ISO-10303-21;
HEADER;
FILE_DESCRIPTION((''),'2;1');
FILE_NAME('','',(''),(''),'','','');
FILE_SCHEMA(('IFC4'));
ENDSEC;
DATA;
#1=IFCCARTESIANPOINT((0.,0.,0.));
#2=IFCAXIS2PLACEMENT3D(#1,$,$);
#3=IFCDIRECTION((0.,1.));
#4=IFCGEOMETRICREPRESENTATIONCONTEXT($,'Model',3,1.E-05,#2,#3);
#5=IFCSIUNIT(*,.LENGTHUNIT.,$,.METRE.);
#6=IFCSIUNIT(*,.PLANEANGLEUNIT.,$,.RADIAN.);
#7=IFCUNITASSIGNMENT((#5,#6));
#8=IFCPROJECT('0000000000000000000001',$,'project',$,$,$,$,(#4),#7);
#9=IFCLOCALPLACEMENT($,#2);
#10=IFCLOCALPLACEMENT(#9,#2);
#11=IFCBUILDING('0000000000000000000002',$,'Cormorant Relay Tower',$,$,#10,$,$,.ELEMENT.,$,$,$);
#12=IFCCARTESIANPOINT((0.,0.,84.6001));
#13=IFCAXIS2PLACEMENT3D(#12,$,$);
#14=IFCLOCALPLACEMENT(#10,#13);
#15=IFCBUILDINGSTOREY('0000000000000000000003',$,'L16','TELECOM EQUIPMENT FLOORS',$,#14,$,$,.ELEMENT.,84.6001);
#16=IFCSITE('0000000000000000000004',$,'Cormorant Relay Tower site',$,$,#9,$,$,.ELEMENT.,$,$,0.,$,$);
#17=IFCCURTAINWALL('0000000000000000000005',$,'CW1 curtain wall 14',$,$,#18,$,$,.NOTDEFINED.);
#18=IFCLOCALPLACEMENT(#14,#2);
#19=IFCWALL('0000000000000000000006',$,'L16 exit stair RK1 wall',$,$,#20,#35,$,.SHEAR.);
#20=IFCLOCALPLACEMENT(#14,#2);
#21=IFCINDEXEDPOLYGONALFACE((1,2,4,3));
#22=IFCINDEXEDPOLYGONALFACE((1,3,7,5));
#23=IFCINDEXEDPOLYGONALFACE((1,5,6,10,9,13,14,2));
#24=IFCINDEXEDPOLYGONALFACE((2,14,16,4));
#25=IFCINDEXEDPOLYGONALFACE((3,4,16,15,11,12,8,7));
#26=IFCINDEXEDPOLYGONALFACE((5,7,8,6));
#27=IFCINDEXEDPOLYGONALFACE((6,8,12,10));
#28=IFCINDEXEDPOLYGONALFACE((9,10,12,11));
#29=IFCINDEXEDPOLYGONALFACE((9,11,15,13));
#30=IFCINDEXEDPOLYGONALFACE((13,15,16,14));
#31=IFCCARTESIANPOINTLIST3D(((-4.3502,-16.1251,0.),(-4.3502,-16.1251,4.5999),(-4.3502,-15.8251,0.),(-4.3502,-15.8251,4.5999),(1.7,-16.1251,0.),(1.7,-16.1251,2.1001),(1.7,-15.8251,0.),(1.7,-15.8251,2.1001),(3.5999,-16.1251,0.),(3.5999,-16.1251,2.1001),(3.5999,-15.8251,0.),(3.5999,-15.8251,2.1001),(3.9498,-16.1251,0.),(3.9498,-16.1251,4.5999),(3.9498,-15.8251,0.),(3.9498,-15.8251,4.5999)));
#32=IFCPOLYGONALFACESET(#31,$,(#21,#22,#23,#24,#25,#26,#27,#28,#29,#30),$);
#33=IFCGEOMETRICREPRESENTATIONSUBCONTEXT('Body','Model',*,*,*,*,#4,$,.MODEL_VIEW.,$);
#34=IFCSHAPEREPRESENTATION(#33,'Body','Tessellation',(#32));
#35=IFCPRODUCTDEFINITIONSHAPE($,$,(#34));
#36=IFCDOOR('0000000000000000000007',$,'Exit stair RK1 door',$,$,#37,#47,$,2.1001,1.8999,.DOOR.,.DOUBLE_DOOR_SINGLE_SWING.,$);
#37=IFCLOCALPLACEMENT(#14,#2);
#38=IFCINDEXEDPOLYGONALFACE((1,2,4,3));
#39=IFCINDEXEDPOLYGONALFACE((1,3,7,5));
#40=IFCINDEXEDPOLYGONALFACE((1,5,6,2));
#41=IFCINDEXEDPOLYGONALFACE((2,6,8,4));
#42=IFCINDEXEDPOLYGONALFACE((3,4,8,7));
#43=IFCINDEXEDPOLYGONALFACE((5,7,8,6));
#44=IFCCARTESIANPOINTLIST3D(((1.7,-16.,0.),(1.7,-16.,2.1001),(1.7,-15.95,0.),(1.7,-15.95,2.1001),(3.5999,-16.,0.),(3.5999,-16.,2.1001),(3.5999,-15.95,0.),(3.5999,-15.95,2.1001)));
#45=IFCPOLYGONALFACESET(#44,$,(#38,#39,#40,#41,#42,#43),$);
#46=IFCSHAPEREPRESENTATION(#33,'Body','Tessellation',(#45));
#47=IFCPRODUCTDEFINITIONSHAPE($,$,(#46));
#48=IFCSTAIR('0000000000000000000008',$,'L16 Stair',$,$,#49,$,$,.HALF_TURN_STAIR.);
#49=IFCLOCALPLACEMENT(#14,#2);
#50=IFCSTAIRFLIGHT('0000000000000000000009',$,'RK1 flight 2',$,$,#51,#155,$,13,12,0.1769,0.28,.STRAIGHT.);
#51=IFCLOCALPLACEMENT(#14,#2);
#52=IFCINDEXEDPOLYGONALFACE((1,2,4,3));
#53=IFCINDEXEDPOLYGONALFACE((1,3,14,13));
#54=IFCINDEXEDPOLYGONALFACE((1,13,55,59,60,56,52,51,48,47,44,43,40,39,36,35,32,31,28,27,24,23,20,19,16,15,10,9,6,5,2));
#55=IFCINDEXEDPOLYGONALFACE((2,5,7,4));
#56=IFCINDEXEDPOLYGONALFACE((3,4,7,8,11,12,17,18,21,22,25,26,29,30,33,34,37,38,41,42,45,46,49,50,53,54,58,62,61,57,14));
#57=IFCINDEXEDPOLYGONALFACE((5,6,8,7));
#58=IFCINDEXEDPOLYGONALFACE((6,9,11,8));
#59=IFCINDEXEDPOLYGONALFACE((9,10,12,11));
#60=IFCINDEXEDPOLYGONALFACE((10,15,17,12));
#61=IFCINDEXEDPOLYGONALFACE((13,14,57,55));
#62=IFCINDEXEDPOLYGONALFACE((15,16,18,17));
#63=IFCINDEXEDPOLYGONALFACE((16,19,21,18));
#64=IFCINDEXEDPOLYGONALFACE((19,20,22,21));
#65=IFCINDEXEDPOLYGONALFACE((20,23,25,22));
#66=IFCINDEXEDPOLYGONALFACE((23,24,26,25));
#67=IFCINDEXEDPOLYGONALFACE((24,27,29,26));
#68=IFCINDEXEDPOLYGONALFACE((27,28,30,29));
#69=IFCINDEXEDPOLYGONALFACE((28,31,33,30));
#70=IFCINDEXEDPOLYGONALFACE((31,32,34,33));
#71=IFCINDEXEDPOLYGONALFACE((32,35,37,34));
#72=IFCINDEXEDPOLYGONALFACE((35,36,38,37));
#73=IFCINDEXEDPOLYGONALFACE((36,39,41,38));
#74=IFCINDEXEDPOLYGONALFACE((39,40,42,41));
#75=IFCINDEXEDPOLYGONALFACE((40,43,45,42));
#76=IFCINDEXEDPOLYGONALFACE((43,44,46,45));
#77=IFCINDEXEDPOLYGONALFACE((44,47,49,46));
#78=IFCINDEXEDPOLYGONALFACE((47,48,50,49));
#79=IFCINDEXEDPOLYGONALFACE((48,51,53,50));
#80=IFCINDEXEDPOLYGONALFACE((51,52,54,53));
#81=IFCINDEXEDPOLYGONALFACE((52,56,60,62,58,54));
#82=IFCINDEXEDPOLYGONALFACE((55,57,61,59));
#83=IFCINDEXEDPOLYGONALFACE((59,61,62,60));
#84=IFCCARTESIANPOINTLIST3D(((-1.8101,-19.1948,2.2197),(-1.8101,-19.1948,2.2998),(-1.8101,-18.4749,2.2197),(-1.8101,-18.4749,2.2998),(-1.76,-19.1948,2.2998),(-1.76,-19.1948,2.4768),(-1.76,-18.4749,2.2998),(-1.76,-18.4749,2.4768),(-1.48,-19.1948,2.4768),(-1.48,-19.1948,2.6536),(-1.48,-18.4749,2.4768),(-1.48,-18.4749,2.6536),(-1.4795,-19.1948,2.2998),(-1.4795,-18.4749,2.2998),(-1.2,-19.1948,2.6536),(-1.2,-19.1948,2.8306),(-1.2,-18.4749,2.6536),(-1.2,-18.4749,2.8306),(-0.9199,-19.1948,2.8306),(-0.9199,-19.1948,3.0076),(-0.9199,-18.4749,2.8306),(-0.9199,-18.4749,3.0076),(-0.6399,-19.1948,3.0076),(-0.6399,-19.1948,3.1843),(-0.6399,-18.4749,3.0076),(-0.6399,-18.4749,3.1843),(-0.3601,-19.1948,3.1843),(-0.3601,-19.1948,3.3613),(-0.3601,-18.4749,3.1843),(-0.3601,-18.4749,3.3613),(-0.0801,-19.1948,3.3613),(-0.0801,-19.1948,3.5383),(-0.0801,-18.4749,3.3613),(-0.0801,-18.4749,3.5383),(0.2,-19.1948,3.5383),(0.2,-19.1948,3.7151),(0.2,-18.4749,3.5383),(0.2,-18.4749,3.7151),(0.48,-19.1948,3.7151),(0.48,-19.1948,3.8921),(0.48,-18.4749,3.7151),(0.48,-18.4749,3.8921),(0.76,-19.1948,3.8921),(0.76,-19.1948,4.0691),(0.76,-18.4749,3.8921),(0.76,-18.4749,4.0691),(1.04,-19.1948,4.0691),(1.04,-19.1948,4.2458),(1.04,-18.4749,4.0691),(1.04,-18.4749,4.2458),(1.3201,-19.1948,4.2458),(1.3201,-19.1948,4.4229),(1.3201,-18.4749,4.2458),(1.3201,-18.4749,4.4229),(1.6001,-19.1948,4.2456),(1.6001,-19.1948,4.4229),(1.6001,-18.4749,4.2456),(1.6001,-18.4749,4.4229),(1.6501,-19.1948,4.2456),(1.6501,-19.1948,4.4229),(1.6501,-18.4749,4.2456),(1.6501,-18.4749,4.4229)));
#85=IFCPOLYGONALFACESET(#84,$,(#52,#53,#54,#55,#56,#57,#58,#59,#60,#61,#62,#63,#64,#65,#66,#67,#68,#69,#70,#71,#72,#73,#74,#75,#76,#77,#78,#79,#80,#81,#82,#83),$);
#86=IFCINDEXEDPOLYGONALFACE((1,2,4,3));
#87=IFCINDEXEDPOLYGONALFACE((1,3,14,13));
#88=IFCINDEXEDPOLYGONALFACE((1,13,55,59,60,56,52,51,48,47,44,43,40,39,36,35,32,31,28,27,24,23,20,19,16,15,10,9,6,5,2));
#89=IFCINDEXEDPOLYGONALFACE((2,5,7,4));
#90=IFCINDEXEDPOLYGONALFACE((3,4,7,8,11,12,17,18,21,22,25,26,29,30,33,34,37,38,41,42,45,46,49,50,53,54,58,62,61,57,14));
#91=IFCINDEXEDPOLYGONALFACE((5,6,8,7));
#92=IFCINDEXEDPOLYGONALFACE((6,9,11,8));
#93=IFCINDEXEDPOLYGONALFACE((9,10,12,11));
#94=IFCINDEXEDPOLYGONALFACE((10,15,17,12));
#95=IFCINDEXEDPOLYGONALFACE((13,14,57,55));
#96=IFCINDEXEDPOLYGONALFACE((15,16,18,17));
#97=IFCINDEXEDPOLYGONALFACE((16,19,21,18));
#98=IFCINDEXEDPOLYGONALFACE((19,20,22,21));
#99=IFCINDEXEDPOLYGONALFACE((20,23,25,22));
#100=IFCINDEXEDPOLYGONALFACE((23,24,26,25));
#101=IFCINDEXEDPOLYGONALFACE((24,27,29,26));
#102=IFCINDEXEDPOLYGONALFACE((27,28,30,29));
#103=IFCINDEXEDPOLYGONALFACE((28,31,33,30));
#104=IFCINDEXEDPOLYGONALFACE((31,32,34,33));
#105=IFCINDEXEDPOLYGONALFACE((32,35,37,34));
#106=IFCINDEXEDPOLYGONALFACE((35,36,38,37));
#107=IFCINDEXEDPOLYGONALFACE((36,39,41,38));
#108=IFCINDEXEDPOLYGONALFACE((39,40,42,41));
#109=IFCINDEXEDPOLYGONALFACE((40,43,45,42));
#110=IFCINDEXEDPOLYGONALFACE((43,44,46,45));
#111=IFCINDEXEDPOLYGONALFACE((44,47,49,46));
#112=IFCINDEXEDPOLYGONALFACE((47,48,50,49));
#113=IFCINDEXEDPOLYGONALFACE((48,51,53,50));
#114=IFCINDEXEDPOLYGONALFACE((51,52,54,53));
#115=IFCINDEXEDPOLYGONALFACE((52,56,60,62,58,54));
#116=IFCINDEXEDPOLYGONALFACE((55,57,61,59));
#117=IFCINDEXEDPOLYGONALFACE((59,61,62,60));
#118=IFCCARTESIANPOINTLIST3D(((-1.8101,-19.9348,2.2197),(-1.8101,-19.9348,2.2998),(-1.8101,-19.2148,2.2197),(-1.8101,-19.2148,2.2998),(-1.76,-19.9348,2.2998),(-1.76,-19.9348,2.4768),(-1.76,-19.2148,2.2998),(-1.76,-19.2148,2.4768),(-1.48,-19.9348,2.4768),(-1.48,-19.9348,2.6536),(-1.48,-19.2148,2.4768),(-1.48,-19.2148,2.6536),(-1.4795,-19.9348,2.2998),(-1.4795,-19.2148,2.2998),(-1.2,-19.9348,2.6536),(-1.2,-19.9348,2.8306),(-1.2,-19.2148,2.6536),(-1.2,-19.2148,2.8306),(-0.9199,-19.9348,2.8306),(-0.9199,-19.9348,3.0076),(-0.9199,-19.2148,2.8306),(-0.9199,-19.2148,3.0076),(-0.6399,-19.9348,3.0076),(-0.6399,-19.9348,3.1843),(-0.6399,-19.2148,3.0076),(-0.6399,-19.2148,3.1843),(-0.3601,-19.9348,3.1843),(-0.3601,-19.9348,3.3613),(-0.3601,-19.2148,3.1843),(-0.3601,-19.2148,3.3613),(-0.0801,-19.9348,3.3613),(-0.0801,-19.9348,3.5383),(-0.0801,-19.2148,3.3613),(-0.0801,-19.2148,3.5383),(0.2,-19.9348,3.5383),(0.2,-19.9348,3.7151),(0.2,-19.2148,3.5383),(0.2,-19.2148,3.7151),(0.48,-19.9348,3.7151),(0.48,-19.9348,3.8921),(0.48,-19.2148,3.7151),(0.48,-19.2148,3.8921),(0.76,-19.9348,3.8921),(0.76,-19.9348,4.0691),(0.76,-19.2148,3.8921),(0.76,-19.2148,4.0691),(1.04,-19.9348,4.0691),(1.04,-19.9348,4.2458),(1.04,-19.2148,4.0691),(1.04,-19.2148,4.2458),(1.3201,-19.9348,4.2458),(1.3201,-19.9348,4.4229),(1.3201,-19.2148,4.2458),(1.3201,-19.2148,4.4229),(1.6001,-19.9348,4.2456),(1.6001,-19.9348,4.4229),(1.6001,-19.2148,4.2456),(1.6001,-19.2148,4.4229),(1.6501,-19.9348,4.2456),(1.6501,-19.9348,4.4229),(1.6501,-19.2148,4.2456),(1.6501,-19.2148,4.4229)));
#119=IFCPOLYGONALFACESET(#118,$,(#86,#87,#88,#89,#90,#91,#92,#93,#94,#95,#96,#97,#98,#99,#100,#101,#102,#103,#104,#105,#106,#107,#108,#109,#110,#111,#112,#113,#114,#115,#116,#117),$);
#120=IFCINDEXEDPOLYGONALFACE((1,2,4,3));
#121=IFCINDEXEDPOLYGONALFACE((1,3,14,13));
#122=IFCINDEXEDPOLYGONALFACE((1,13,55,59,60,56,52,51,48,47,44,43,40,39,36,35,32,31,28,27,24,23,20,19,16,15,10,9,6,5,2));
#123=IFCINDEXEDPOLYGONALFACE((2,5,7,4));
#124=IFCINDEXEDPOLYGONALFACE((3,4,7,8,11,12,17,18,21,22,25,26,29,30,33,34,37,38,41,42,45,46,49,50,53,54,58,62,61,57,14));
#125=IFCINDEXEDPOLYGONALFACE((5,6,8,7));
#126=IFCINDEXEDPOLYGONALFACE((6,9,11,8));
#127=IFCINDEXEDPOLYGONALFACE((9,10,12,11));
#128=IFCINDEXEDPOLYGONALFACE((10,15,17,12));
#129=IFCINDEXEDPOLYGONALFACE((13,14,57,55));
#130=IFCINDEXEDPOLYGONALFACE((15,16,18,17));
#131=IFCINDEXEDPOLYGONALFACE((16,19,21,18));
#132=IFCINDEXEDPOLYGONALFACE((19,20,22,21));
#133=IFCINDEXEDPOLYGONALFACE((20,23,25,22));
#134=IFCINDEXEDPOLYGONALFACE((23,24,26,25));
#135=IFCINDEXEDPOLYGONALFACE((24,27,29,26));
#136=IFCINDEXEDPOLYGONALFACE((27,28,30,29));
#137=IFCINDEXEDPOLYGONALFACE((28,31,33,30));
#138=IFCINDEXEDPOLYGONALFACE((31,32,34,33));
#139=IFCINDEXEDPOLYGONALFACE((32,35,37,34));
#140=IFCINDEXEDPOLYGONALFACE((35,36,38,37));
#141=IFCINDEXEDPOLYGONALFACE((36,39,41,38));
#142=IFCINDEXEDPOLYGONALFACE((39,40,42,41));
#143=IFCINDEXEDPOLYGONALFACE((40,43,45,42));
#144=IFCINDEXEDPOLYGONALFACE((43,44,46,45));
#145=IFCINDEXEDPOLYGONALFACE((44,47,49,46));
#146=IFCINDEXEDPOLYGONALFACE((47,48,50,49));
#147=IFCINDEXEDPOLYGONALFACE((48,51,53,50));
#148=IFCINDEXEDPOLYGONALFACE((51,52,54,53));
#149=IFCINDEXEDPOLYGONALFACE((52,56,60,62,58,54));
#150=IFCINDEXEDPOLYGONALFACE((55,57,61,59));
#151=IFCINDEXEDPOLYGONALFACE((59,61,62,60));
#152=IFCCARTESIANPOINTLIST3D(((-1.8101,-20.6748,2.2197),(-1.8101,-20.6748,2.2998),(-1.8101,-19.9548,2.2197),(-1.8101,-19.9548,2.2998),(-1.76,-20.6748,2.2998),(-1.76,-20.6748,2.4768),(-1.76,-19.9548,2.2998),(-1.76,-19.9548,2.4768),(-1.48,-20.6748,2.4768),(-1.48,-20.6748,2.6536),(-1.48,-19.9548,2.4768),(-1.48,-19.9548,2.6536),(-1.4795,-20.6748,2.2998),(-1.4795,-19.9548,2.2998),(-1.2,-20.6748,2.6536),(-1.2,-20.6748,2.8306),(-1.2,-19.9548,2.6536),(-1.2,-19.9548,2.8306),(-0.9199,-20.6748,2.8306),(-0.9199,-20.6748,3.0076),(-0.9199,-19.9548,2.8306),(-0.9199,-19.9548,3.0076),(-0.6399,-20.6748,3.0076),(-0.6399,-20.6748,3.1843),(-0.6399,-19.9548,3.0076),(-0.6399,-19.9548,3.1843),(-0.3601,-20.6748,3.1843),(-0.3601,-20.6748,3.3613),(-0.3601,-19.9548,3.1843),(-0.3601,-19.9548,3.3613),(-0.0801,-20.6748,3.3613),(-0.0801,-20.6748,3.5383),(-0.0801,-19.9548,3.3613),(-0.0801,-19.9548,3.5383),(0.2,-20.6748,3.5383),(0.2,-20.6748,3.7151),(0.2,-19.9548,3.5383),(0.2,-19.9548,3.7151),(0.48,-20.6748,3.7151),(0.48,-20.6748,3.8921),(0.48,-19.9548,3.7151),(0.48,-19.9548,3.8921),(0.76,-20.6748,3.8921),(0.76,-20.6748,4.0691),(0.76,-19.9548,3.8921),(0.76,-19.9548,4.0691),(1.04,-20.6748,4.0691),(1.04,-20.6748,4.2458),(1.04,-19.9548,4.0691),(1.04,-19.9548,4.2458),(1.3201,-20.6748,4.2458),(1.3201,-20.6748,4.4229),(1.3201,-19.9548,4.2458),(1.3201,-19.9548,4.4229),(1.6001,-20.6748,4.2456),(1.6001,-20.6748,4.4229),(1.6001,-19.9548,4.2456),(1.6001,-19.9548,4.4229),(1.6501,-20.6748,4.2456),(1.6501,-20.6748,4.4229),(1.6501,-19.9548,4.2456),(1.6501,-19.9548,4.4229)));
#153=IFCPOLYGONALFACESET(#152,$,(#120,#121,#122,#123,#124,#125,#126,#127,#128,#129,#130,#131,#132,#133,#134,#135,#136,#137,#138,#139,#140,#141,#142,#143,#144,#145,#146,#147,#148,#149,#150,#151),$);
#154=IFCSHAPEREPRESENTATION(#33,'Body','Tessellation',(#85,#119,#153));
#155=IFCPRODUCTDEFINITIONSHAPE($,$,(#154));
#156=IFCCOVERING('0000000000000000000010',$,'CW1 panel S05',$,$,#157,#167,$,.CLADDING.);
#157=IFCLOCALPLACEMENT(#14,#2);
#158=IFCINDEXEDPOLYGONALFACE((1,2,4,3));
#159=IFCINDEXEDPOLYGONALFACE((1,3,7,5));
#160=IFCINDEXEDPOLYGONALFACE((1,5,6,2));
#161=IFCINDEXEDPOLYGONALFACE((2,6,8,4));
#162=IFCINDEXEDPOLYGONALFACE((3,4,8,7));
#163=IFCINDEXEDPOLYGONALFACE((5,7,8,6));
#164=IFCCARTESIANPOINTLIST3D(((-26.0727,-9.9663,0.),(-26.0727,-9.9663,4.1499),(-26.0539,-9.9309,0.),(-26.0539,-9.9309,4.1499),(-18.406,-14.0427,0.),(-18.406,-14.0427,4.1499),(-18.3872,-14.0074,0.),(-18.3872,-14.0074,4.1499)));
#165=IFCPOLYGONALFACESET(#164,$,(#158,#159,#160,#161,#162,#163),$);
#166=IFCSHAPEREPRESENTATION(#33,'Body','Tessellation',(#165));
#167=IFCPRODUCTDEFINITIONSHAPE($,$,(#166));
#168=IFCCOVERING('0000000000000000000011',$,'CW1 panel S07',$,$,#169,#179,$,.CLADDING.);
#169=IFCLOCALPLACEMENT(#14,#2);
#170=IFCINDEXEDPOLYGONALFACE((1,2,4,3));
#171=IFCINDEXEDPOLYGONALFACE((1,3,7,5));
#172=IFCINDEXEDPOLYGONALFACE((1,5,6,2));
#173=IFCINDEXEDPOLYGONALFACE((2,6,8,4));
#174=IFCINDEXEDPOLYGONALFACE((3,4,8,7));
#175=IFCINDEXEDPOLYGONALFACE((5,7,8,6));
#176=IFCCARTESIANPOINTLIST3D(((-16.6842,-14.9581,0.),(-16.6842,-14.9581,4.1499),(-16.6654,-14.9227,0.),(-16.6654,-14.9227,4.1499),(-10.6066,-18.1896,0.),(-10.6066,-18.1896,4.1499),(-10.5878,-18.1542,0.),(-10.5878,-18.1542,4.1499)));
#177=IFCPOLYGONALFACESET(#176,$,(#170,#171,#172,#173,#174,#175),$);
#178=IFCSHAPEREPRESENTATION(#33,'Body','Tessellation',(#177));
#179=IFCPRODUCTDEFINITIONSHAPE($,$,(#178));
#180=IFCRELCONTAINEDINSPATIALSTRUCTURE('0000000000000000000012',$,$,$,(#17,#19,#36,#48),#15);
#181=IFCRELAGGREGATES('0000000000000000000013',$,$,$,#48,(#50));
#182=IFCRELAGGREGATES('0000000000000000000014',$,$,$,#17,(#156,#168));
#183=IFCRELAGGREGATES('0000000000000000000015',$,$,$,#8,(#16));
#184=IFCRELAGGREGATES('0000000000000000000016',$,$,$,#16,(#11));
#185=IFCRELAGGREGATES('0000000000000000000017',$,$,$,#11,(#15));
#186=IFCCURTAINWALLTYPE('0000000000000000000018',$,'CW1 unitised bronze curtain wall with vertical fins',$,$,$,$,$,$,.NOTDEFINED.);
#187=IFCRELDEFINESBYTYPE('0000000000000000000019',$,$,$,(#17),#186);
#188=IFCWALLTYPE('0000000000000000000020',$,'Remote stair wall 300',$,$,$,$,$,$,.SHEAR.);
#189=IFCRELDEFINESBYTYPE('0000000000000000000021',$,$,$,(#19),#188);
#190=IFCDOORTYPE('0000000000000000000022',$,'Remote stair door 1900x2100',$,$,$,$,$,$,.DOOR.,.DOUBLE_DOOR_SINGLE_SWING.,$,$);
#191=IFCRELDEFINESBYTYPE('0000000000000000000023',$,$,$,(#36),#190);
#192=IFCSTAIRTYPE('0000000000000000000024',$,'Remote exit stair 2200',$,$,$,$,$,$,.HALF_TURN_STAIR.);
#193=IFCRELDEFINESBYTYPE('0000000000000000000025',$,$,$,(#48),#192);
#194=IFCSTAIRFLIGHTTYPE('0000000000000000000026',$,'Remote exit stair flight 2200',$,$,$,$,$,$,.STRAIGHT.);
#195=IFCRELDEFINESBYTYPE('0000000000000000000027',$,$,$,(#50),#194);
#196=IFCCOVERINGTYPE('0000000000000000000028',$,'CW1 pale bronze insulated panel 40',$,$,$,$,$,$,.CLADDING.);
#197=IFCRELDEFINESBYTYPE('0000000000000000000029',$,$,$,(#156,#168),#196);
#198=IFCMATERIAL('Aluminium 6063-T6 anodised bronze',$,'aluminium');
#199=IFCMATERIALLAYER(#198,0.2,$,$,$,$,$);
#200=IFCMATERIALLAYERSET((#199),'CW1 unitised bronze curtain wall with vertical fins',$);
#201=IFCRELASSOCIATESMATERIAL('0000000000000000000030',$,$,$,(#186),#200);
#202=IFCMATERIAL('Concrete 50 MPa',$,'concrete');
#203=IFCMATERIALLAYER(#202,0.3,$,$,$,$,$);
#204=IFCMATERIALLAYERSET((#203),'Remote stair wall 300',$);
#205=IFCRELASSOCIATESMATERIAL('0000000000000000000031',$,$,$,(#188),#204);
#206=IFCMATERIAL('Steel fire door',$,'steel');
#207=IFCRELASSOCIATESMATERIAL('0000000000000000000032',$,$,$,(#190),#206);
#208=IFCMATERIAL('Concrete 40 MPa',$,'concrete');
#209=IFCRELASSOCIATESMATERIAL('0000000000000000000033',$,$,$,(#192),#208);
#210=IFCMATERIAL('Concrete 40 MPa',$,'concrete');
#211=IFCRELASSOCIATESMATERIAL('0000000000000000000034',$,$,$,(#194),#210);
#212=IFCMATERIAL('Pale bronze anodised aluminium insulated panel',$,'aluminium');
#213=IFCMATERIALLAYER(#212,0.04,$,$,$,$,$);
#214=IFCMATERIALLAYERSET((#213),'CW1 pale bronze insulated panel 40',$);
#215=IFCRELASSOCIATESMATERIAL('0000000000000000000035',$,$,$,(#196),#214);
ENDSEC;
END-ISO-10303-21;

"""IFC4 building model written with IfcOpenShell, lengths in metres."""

from ifc_helpers import new_model, si_unit, direction, frame, frame_2d, origin, origin_2d, place, context, subcontext, project, spatial, polyline, rectangle, outline, extrude, material, layer, layer_set, type_object, element, fill, aggregate, save


model = new_model("IFC4")

# Units and contexts
model_context = context("Model", 3, precision=1e-05, world=origin(), true_north=direction((0.0, 1.0)))
body_context = subcontext(model_context, "Body", "Model", "MODEL_VIEW")
ifc_project = project(units=[si_unit("LENGTHUNIT", "METRE"), si_unit("PLANEANGLEUNIT", "RADIAN")], contexts=[model_context])

# Site, building, storey
site_placement = place(None, origin())
site = spatial("IfcSite", under=ifc_project, at=site_placement, Name="Cormorant Relay Tower site", CompositionType="ELEMENT", RefElevation=0.0)
building_placement = place(site_placement, origin())
building = spatial("IfcBuilding", under=site, at=building_placement, Name="Cormorant Relay Tower", CompositionType="ELEMENT")
storey_placement = place(building_placement, frame((0.0, 0.0, 84.6001)))
storey = spatial("IfcBuildingStorey", under=building, at=storey_placement, Name="L16", Description="TELECOM EQUIPMENT FLOORS", CompositionType="ELEMENT", Elevation=84.6001)

# Shared definitions
ifc_material_1 = material(Name="Aluminium 6063-T6 anodised bronze", Category="aluminium")
ifc_layer_1 = layer(ifc_material_1, 0.2)
ifc_layer_set_1 = layer_set([ifc_layer_1], Name="CW1 unitised bronze curtain wall with vertical fins")
curtain_wall_type = type_object("IfcCurtainWallType", Name="CW1 unitised bronze curtain wall with vertical fins", PredefinedType="NOTDEFINED", material=ifc_layer_set_1)

# Curtain wall
curtain_wall_1_placement = place(storey_placement, origin())
curtain_wall_1 = element("IfcCurtainWall", 1, at=curtain_wall_1_placement, inside=storey, type_object=curtain_wall_type, Name="CW1 curtain wall 14", PredefinedType="NOTDEFINED")

# Shared definitions
ifc_material_2 = material(Name="Concrete 50 MPa", Category="concrete")
ifc_layer_2 = layer(ifc_material_2, 0.3)
ifc_layer_set_2 = layer_set([ifc_layer_2], Name="Remote stair wall 300")
wall_type_1 = type_object("IfcWallType", Name="Remote stair wall 300", PredefinedType="SHEAR", material=ifc_layer_set_2)

# Wall, opening, door
wall_1_placement = place(storey_placement, frame((-4.3501, -15.9751, 0.0), z_axis=(0.0, 0.0, 1.0), x_axis=(1.0, 0.0, 0.0)))
wall_1 = element("IfcWall", 2, at=wall_1_placement, inside=storey, type_object=wall_type_1, Name="L16 exit stair RK1 wall", PredefinedType="SHEAR", context=body_context, shape_type="SweptSolid", body=[
    extrude(rectangle(XDim=8.3, YDim=0.3, at=frame_2d((4.1499, 0.0))), origin(), (0.0, 0.0, 1.0), 4.5999),
])
opening_1_placement = place(wall_1_placement, frame((6.05, 0.0, 0.0)))
opening_1 = element("IfcOpeningElement", 3, at=opening_1_placement, cuts=wall_1, PredefinedType="OPENING", context=body_context, shape_type="SweptSolid", body=[
    extrude(rectangle(XDim=1.8999, YDim=2.1001, at=frame_2d((0.95, 1.05))), frame((0.0, 0.1599, 0.0), z_axis=(0.0, -1.0, 0.0), x_axis=(1.0, 0.0, 0.0)), (0.0, 0.0, 1.0), 0.3201),
])
ifc_material_3 = material(Name="Steel fire door", Category="steel")
door_type_1 = type_object("IfcDoorType", Name="Remote stair door 1900x2100", OperationType="DOUBLE_DOOR_SINGLE_SWING", PredefinedType="DOOR", material=ifc_material_3)
door_1_placement = place(opening_1_placement, frame((1.8999, 0.0, 0.0), z_axis=(0.0, 0.0, 1.0), x_axis=(-1.0, 0.0, 0.0)))
door_1 = element("IfcDoor", 4, at=door_1_placement, inside=storey, type_object=door_type_1, Name="Exit stair RK1 door", OperationType="DOUBLE_DOOR_SINGLE_SWING", OverallHeight=2.1001, OverallWidth=1.8999, PredefinedType="DOOR", context=body_context, shape_type="SweptSolid", body=[
    extrude(rectangle(XDim=1.8999, YDim=2.1001, at=frame_2d((0.95, 1.05))), frame((0.0, 0.0249, 0.0), z_axis=(0.0, -1.0, 0.0), x_axis=(1.0, 0.0, 0.0)), (0.0, 0.0, 1.0), 0.05),
])
fill(opening_1, door_1)

# Stair, stair flight
ifc_material_4 = material(Name="Concrete 40 MPa", Category="concrete")
stair_type = type_object("IfcStairType", Name="Remote exit stair 2200", PredefinedType="HALF_TURN_STAIR", material=ifc_material_4)
stair_placement = place(storey_placement, origin())
stair = element("IfcStair", 5, at=stair_placement, inside=storey, type_object=stair_type, Name="L16 Stair", PredefinedType="HALF_TURN_STAIR")
ifc_material_5 = material(Name="Concrete 40 MPa", Category="concrete")
stair_flight_type = type_object("IfcStairFlightType", Name="Remote exit stair flight 2200", PredefinedType="STRAIGHT", material=ifc_material_5)
stair_flight_placement = place(storey_placement, frame((-1.76, -19.575, 2.2998), z_axis=(0.0, 0.0, 1.0), x_axis=(1.0, 0.0, 0.0)))
stair_flight = element("IfcStairFlight", 6, at=stair_flight_placement, type_object=stair_flight_type, Name="RK1 flight 2", NumberOfRisers=13, NumberOfTreads=12, PredefinedType="STRAIGHT", RiserHeight=0.1769, TreadLength=0.28, context=body_context, shape_type="SweptSolid", body=[
    extrude(outline(polyline([(-0.05, -0.0801), (-0.05, 0.0), (0.0, 0.0), (0.0, 0.177), (0.28, 0.177), (0.28, 0.3538), (0.5601, 0.3538), (0.5601, 0.5308), (0.8401, 0.5308), (0.8401, 0.7078), (1.1201, 0.7078), (1.1201, 0.8845), (1.3999, 0.8845), (1.3999, 1.0615), (1.6799, 1.0615), (1.6799, 1.2385), (1.96, 1.2385), (1.96, 1.4153), (2.24, 1.4153), (2.24, 1.5923), (2.52, 1.5923), (2.52, 1.7693), (2.8, 1.7693), (2.8, 1.946), (3.0801, 1.946), (3.0801, 2.123), (3.3601, 2.123), (3.4102, 2.123), (3.4102, 1.9458), (3.3601, 1.9458), (0.2805, 0.0), (-0.05, -0.0801)])), frame((0.0, 1.1001, 0.0), z_axis=(0.0, -1.0, 0.0), x_axis=(1.0, 0.0, 0.0)), (0.0, 0.0, 1.0), 0.72),
    extrude(outline(polyline([(-0.05, -0.0801), (-0.05, 0.0), (0.0, 0.0), (0.0, 0.177), (0.28, 0.177), (0.28, 0.3538), (0.5601, 0.3538), (0.5601, 0.5308), (0.8401, 0.5308), (0.8401, 0.7078), (1.1201, 0.7078), (1.1201, 0.8845), (1.3999, 0.8845), (1.3999, 1.0615), (1.6799, 1.0615), (1.6799, 1.2385), (1.96, 1.2385), (1.96, 1.4153), (2.24, 1.4153), (2.24, 1.5923), (2.52, 1.5923), (2.52, 1.7693), (2.8, 1.7693), (2.8, 1.946), (3.0801, 1.946), (3.0801, 2.123), (3.3601, 2.123), (3.4102, 2.123), (3.4102, 1.9458), (3.3601, 1.9458), (0.2805, 0.0), (-0.05, -0.0801)])), frame((0.0, 0.3601, 0.0), z_axis=(0.0, -1.0, 0.0), x_axis=(1.0, 0.0, 0.0)), (0.0, 0.0, 1.0), 0.72),
    extrude(outline(polyline([(-0.05, -0.0801), (-0.05, 0.0), (0.0, 0.0), (0.0, 0.177), (0.28, 0.177), (0.28, 0.3538), (0.5601, 0.3538), (0.5601, 0.5308), (0.8401, 0.5308), (0.8401, 0.7078), (1.1201, 0.7078), (1.1201, 0.8845), (1.3999, 0.8845), (1.3999, 1.0615), (1.6799, 1.0615), (1.6799, 1.2385), (1.96, 1.2385), (1.96, 1.4153), (2.24, 1.4153), (2.24, 1.5923), (2.52, 1.5923), (2.52, 1.7693), (2.8, 1.7693), (2.8, 1.946), (3.0801, 1.946), (3.0801, 2.123), (3.3601, 2.123), (3.4102, 2.123), (3.4102, 1.9458), (3.3601, 1.9458), (0.2805, 0.0), (-0.05, -0.0801)])), frame((0.0, -0.3799, 0.0), z_axis=(0.0, -1.0, 0.0), x_axis=(1.0, 0.0, 0.0)), (0.0, 0.0, 1.0), 0.72),
])
aggregate(stair, [stair_flight])

# Coverings
ifc_material_6 = material(Name="Pale bronze anodised aluminium insulated panel", Category="aluminium")
ifc_layer_3 = layer(ifc_material_6, 0.04)
ifc_layer_set_3 = layer_set([ifc_layer_3], Name="CW1 pale bronze insulated panel 40")
covering_type = type_object("IfcCoveringType", Name="CW1 pale bronze insulated panel 40", PredefinedType="CLADDING", material=ifc_layer_set_3)
covering_1_placement = place(storey_placement, frame((-22.23, -11.9868, 0.0), z_axis=(0.0, 0.0, 1.0), x_axis=(0.882948, -0.469472, 0.0)))
covering_1 = element("IfcCovering", 7, at=covering_1_placement, type_object=covering_type, Name="CW1 panel S05", PredefinedType="CLADDING", context=body_context, shape_type="SweptSolid", body=[
    extrude(rectangle(XDim=8.6831, YDim=0.04, at=origin_2d()), origin(), (0.0, 0.0, 1.0), 4.1499),
])
covering_2_placement = place(storey_placement, frame((-13.636, -16.5562, 0.0), z_axis=(0.0, 0.0, 1.0), x_axis=(0.882948, -0.469472, 0.0)))
covering_2 = element("IfcCovering", 8, at=covering_2_placement, type_object=covering_type, Name="CW1 panel S07", PredefinedType="CLADDING", context=body_context, shape_type="SweptSolid", body=[
    extrude(rectangle(XDim=6.8833, YDim=0.04, at=origin_2d()), origin(), (0.0, 0.0, 1.0), 4.1499),
])
aggregate(curtain_wall_1, [covering_1, covering_2])

save(model, "model.ifc")
